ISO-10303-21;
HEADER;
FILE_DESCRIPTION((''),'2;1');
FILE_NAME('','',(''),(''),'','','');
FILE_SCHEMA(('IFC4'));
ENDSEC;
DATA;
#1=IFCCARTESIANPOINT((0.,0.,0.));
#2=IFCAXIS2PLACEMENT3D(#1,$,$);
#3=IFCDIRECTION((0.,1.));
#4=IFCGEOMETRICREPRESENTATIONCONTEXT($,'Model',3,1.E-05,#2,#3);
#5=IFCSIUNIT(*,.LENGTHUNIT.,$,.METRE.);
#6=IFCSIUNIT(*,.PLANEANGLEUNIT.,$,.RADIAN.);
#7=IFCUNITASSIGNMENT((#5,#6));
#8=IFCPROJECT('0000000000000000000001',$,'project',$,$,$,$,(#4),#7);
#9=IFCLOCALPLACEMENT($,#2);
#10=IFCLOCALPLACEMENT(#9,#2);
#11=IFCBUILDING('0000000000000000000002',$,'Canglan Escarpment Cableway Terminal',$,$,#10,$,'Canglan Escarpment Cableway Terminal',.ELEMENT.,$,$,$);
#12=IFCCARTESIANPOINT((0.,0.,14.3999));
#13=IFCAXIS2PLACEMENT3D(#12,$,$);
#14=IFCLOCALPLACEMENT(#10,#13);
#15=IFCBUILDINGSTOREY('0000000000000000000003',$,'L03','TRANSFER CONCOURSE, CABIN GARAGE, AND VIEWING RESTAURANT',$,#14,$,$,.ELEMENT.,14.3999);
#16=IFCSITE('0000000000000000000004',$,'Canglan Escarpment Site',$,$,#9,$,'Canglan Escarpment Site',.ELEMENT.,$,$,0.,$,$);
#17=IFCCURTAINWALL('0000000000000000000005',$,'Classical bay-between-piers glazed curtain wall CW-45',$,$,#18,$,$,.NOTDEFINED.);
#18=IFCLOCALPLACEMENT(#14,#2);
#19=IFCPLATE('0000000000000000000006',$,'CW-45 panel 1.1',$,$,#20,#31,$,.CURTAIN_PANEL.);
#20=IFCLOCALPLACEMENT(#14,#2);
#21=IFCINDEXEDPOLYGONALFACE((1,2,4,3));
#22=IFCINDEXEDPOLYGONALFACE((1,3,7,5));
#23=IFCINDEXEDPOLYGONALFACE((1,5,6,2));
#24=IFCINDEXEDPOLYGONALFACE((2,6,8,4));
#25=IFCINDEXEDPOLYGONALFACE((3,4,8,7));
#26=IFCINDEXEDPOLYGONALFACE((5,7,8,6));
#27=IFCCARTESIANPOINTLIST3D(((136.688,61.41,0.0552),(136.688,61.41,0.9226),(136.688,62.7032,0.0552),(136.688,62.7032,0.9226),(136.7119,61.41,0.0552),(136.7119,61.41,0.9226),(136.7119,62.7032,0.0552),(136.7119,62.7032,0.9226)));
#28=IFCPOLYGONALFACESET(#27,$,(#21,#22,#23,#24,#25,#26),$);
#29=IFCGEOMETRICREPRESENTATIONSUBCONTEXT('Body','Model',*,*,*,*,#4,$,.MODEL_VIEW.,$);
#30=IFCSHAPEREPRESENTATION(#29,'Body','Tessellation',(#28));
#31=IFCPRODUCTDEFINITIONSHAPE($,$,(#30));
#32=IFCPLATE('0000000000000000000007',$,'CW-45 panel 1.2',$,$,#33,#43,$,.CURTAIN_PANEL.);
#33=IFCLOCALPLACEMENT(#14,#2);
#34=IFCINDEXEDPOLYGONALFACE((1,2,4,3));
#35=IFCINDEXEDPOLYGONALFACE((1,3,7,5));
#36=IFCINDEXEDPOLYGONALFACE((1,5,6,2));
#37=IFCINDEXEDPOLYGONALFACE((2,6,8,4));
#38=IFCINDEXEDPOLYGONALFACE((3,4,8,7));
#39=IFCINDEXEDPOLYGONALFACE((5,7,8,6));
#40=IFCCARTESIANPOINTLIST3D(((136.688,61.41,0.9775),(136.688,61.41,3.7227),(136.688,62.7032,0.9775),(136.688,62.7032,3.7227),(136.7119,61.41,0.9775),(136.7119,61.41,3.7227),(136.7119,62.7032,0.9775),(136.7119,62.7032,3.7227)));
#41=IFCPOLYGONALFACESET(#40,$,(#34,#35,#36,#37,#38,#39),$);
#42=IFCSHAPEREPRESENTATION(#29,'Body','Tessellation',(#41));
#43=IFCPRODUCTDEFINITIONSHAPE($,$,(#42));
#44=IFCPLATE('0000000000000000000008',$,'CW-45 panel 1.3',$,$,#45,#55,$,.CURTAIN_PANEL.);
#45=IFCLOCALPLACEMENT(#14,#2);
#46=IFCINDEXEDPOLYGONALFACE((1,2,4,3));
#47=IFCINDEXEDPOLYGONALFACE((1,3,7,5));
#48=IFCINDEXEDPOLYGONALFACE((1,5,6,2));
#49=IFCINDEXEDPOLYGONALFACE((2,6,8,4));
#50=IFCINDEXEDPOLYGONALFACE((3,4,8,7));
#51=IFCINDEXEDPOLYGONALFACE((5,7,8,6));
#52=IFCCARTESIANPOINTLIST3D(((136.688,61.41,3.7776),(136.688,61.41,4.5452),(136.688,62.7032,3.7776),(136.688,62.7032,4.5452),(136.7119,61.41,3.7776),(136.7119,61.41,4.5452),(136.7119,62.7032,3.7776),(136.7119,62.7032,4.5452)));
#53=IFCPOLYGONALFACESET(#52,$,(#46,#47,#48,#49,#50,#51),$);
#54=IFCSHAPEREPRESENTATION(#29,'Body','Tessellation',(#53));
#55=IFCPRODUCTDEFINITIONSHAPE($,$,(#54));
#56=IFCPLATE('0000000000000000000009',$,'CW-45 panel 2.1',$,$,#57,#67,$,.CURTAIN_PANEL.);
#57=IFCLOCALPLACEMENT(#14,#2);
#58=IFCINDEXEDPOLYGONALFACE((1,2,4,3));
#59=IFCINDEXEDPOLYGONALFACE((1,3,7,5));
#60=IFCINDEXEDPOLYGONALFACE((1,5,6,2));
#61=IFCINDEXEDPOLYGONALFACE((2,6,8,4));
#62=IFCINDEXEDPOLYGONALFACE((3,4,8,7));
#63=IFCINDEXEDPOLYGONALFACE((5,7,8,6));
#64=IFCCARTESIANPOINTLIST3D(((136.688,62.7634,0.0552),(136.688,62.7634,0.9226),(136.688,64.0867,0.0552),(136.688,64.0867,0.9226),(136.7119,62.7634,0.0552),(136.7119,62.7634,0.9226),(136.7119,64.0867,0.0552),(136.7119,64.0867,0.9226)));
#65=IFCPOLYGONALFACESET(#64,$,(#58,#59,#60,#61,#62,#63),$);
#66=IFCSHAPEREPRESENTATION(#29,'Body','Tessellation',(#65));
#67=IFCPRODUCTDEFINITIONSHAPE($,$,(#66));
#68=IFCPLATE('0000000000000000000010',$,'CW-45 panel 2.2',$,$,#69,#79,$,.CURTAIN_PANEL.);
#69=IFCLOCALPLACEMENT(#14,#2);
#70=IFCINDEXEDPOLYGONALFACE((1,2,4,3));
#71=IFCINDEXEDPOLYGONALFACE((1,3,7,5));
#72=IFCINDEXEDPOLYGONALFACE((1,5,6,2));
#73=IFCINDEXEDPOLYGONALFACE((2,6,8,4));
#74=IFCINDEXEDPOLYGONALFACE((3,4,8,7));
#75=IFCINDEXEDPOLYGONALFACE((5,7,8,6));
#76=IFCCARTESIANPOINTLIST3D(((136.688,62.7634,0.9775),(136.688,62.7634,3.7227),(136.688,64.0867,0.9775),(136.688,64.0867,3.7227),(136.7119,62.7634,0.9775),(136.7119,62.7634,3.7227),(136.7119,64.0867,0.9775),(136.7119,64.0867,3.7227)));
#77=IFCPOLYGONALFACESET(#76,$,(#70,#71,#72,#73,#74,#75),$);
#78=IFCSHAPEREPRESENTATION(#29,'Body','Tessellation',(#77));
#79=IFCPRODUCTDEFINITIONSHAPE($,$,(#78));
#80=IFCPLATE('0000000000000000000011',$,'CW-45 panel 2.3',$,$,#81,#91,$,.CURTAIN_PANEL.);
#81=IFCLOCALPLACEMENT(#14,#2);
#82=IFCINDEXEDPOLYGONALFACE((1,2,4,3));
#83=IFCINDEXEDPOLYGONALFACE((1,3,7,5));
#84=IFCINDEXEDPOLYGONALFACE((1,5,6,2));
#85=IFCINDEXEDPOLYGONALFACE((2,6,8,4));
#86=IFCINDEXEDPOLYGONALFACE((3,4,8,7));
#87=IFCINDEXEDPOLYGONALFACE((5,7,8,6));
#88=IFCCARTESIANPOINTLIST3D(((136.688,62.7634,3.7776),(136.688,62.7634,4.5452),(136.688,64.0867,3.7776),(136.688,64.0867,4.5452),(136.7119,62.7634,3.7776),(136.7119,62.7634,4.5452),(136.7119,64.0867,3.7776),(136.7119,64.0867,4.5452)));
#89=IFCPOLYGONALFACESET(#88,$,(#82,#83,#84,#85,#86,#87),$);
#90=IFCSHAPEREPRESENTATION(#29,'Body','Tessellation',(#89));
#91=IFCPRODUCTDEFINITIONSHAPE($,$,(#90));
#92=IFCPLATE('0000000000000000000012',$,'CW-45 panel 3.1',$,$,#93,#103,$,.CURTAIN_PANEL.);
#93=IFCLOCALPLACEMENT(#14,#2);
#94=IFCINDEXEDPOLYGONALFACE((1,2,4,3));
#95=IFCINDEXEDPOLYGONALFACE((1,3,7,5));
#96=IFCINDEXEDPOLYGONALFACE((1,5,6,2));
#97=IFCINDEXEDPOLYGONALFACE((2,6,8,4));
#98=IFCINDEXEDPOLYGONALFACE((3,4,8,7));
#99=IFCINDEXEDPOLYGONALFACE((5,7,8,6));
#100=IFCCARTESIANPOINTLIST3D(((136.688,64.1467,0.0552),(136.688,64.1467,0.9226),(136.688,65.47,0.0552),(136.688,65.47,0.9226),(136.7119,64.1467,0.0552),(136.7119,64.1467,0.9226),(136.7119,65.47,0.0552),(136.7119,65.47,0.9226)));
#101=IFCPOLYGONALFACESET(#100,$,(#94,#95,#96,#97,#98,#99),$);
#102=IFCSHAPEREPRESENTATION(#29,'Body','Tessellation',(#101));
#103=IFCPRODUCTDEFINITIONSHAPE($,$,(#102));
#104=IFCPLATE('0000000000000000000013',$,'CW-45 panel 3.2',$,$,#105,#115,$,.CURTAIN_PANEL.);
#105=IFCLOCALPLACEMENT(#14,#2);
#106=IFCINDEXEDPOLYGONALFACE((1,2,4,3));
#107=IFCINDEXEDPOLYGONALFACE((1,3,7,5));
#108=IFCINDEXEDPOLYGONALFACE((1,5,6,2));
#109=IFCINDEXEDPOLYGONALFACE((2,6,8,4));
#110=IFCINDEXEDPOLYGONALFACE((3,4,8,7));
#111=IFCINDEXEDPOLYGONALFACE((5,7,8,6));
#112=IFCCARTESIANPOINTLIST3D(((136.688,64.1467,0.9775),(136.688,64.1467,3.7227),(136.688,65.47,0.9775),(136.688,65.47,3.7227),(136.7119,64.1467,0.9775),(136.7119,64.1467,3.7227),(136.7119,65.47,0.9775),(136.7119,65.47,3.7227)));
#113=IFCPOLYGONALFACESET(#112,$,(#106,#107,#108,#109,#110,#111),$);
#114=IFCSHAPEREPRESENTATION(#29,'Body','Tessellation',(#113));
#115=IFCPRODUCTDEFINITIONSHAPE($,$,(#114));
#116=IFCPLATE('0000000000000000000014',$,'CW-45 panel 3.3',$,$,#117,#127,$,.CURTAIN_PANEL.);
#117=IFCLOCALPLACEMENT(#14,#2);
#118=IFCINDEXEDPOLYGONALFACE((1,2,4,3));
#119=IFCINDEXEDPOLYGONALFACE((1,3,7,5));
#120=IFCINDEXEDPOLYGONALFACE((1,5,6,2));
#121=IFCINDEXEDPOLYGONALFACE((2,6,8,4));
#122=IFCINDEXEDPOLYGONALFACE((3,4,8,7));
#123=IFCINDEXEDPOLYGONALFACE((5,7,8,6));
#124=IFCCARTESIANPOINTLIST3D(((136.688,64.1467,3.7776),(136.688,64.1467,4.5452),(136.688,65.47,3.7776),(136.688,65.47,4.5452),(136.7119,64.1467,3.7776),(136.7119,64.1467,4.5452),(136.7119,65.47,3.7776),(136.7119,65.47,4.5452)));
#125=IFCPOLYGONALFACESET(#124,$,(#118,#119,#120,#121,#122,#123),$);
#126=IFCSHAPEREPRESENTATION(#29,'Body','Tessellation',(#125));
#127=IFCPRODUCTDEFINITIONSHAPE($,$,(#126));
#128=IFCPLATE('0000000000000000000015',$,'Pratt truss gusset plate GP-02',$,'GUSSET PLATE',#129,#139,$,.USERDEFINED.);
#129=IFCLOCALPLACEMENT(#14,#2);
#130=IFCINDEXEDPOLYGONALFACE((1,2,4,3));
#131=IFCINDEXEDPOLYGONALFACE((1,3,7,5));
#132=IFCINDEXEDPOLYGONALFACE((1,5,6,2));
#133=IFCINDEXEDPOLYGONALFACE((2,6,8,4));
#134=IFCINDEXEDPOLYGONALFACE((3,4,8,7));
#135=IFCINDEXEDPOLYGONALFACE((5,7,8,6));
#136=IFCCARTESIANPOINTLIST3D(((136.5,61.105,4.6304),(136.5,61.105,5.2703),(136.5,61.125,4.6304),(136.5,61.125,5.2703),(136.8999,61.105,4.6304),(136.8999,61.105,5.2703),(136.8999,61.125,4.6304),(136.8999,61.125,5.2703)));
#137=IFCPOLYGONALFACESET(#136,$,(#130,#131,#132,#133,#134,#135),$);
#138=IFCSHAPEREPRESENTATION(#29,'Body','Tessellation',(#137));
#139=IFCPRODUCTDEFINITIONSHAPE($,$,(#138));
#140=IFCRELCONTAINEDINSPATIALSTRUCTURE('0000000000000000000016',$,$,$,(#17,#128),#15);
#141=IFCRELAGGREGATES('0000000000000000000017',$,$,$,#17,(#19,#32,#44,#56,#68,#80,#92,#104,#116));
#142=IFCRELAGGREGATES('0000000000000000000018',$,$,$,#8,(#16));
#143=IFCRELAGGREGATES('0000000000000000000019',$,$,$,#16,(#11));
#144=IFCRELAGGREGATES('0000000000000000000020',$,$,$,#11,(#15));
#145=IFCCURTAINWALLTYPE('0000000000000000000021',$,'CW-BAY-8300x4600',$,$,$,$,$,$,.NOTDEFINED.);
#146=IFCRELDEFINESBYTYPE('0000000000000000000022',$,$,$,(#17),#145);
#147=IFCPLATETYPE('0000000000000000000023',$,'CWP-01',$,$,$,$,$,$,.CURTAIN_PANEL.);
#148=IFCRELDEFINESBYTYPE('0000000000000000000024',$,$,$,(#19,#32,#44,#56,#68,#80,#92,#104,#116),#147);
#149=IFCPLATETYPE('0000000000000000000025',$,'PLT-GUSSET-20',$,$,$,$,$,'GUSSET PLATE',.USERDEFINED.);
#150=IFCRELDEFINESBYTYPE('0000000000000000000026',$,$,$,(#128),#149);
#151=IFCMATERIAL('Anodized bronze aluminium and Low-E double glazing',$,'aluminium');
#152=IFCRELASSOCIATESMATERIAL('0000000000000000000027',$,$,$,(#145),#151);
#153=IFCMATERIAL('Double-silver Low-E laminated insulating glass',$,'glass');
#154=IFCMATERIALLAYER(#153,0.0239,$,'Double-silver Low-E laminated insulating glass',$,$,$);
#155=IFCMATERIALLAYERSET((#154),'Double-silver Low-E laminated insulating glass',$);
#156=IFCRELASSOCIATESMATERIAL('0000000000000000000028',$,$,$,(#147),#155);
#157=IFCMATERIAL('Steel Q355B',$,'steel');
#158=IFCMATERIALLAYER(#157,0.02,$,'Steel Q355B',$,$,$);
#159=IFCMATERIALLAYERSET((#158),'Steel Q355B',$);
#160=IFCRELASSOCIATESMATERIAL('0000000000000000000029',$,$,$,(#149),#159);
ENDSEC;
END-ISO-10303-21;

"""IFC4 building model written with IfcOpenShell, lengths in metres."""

from ifc_helpers import new_model, si_unit, direction, frame, origin, origin_2d, place, context, subcontext, project, spatial, rectangle, extrude, material, layer, layer_set, type_object, element, aggregate, save


model = new_model("IFC4")

# Units and contexts
model_context = context("Model", 3, precision=1e-05, world=origin(), true_north=direction((0.0, 1.0)))
body_context = subcontext(model_context, "Body", "Model", "MODEL_VIEW")
ifc_project = project(units=[si_unit("LENGTHUNIT", "METRE"), si_unit("PLANEANGLEUNIT", "RADIAN")], contexts=[model_context])

# Site, building, storey
site_placement = place(None, origin())
site = spatial("IfcSite", under=ifc_project, at=site_placement, Name="Canglan Escarpment Site", LongName="Canglan Escarpment Site", CompositionType="ELEMENT", RefElevation=0.0)
building_placement = place(site_placement, origin())
building = spatial("IfcBuilding", under=site, at=building_placement, Name="Canglan Escarpment Cableway Terminal", LongName="Canglan Escarpment Cableway Terminal", CompositionType="ELEMENT")
storey_placement = place(building_placement, frame((0.0, 0.0, 14.3999)))
storey = spatial("IfcBuildingStorey", under=building, at=storey_placement, Name="L03", Description="TRANSFER CONCOURSE, CABIN GARAGE, AND VIEWING RESTAURANT", CompositionType="ELEMENT", Elevation=14.3999)

# Curtain wall
ifc_material_1 = material(Name="Anodized bronze aluminium and Low-E double glazing", Category="aluminium")
curtain_wall_type = type_object("IfcCurtainWallType", Name="CW-BAY-8300x4600", PredefinedType="NOTDEFINED", material=ifc_material_1)
curtain_wall_placement = place(storey_placement, origin())
curtain_wall = element("IfcCurtainWall", 1, at=curtain_wall_placement, inside=storey, type_object=curtain_wall_type, Name="Classical bay-between-piers glazed curtain wall CW-45", PredefinedType="NOTDEFINED")

# Shared definitions
ifc_material_2 = material(Name="Steel Q355B", Category="steel")

# Plates
ifc_material_3 = material(Name="Double-silver Low-E laminated insulating glass", Category="glass")
ifc_layer_1 = layer(ifc_material_3, 0.0239, Name="Double-silver Low-E laminated insulating glass")
ifc_layer_set_1 = layer_set([ifc_layer_1], Name="Double-silver Low-E laminated insulating glass")
plate_type_1 = type_object("IfcPlateType", Name="CWP-01", PredefinedType="CURTAIN_PANEL", material=ifc_layer_set_1)
plate_1_placement = place(storey_placement, frame((136.7, 62.0566, 0.0552), z_axis=(0.0, 0.0, 1.0), x_axis=(0.0, 1.0, 0.0)))
plate_1 = element("IfcPlate", 2, at=plate_1_placement, type_object=plate_type_1, Name="CW-45 panel 1.1", PredefinedType="CURTAIN_PANEL", context=body_context, shape_type="SweptSolid", body=[
    extrude(rectangle(XDim=1.2932, YDim=0.0239, at=origin_2d()), origin(), (0.0, 0.0, 1.0), 0.8674),
])
plate_2_placement = place(storey_placement, frame((136.7, 62.0566, 0.9775), z_axis=(0.0, 0.0, 1.0), x_axis=(0.0, 1.0, 0.0)))
plate_2 = element("IfcPlate", 3, at=plate_2_placement, type_object=plate_type_1, Name="CW-45 panel 1.2", PredefinedType="CURTAIN_PANEL", context=body_context, shape_type="SweptSolid", body=[
    extrude(rectangle(XDim=1.2932, YDim=0.0239, at=origin_2d()), origin(), (0.0, 0.0, 1.0), 2.7451),
])
plate_3_placement = place(storey_placement, frame((136.7, 62.0566, 3.7776), z_axis=(0.0, 0.0, 1.0), x_axis=(0.0, 1.0, 0.0)))
plate_3 = element("IfcPlate", 4, at=plate_3_placement, type_object=plate_type_1, Name="CW-45 panel 1.3", PredefinedType="CURTAIN_PANEL", context=body_context, shape_type="SweptSolid", body=[
    extrude(rectangle(XDim=1.2932, YDim=0.0239, at=origin_2d()), origin(), (0.0, 0.0, 1.0), 0.7676),
])
plate_4_placement = place(storey_placement, frame((136.7, 63.425, 0.0552), z_axis=(0.0, 0.0, 1.0), x_axis=(0.0, 1.0, 0.0)))
plate_4 = element("IfcPlate", 5, at=plate_4_placement, type_object=plate_type_1, Name="CW-45 panel 2.1", PredefinedType="CURTAIN_PANEL", context=body_context, shape_type="SweptSolid", body=[
    extrude(rectangle(XDim=1.3232, YDim=0.0239, at=origin_2d()), origin(), (0.0, 0.0, 1.0), 0.8674),
])
plate_5_placement = place(storey_placement, frame((136.7, 63.425, 0.9775), z_axis=(0.0, 0.0, 1.0), x_axis=(0.0, 1.0, 0.0)))
plate_5 = element("IfcPlate", 6, at=plate_5_placement, type_object=plate_type_1, Name="CW-45 panel 2.2", PredefinedType="CURTAIN_PANEL", context=body_context, shape_type="SweptSolid", body=[
    extrude(rectangle(XDim=1.3232, YDim=0.0239, at=origin_2d()), origin(), (0.0, 0.0, 1.0), 2.7451),
])
plate_6_placement = place(storey_placement, frame((136.7, 63.425, 3.7776), z_axis=(0.0, 0.0, 1.0), x_axis=(0.0, 1.0, 0.0)))
plate_6 = element("IfcPlate", 7, at=plate_6_placement, type_object=plate_type_1, Name="CW-45 panel 2.3", PredefinedType="CURTAIN_PANEL", context=body_context, shape_type="SweptSolid", body=[
    extrude(rectangle(XDim=1.3232, YDim=0.0239, at=origin_2d()), origin(), (0.0, 0.0, 1.0), 0.7676),
])
plate_7_placement = place(storey_placement, frame((136.7, 64.8083, 0.0552), z_axis=(0.0, 0.0, 1.0), x_axis=(0.0, 1.0, 0.0)))
plate_7 = element("IfcPlate", 8, at=plate_7_placement, type_object=plate_type_1, Name="CW-45 panel 3.1", PredefinedType="CURTAIN_PANEL", context=body_context, shape_type="SweptSolid", body=[
    extrude(rectangle(XDim=1.3232, YDim=0.0239, at=origin_2d()), origin(), (0.0, 0.0, 1.0), 0.8674),
])
plate_8_placement = place(storey_placement, frame((136.7, 64.8083, 0.9775), z_axis=(0.0, 0.0, 1.0), x_axis=(0.0, 1.0, 0.0)))
plate_8 = element("IfcPlate", 9, at=plate_8_placement, type_object=plate_type_1, Name="CW-45 panel 3.2", PredefinedType="CURTAIN_PANEL", context=body_context, shape_type="SweptSolid", body=[
    extrude(rectangle(XDim=1.3232, YDim=0.0239, at=origin_2d()), origin(), (0.0, 0.0, 1.0), 2.7451),
])
plate_9_placement = place(storey_placement, frame((136.7, 64.8083, 3.7776), z_axis=(0.0, 0.0, 1.0), x_axis=(0.0, 1.0, 0.0)))
plate_9 = element("IfcPlate", 10, at=plate_9_placement, type_object=plate_type_1, Name="CW-45 panel 3.3", PredefinedType="CURTAIN_PANEL", context=body_context, shape_type="SweptSolid", body=[
    extrude(rectangle(XDim=1.3232, YDim=0.0239, at=origin_2d()), origin(), (0.0, 0.0, 1.0), 0.7676),
])
aggregate(curtain_wall, [plate_1, plate_2, plate_3, plate_4, plate_5, plate_6, plate_7, plate_8, plate_9])
ifc_layer_2 = layer(ifc_material_2, 0.02, Name="Steel Q355B")
ifc_layer_set_2 = layer_set([ifc_layer_2], Name="Steel Q355B")
plate_type_2 = type_object("IfcPlateType", Name="PLT-GUSSET-20", ElementType="GUSSET PLATE", PredefinedType="USERDEFINED", material=ifc_layer_set_2)
plate_10_placement = place(storey_placement, frame((136.7, 61.115, 4.6304), z_axis=(0.0, 0.0, 1.0), x_axis=(1.0, 0.0, 0.0)))
element("IfcPlate", 11, at=plate_10_placement, inside=storey, type_object=plate_type_2, Name="Pratt truss gusset plate GP-02", ObjectType="GUSSET PLATE", PredefinedType="USERDEFINED", context=body_context, shape_type="SweptSolid", body=[
    extrude(rectangle(XDim=0.3999, YDim=0.02, at=origin_2d()), origin(), (0.0, 0.0, 1.0), 0.6399),
])

save(model, "model.ifc")
